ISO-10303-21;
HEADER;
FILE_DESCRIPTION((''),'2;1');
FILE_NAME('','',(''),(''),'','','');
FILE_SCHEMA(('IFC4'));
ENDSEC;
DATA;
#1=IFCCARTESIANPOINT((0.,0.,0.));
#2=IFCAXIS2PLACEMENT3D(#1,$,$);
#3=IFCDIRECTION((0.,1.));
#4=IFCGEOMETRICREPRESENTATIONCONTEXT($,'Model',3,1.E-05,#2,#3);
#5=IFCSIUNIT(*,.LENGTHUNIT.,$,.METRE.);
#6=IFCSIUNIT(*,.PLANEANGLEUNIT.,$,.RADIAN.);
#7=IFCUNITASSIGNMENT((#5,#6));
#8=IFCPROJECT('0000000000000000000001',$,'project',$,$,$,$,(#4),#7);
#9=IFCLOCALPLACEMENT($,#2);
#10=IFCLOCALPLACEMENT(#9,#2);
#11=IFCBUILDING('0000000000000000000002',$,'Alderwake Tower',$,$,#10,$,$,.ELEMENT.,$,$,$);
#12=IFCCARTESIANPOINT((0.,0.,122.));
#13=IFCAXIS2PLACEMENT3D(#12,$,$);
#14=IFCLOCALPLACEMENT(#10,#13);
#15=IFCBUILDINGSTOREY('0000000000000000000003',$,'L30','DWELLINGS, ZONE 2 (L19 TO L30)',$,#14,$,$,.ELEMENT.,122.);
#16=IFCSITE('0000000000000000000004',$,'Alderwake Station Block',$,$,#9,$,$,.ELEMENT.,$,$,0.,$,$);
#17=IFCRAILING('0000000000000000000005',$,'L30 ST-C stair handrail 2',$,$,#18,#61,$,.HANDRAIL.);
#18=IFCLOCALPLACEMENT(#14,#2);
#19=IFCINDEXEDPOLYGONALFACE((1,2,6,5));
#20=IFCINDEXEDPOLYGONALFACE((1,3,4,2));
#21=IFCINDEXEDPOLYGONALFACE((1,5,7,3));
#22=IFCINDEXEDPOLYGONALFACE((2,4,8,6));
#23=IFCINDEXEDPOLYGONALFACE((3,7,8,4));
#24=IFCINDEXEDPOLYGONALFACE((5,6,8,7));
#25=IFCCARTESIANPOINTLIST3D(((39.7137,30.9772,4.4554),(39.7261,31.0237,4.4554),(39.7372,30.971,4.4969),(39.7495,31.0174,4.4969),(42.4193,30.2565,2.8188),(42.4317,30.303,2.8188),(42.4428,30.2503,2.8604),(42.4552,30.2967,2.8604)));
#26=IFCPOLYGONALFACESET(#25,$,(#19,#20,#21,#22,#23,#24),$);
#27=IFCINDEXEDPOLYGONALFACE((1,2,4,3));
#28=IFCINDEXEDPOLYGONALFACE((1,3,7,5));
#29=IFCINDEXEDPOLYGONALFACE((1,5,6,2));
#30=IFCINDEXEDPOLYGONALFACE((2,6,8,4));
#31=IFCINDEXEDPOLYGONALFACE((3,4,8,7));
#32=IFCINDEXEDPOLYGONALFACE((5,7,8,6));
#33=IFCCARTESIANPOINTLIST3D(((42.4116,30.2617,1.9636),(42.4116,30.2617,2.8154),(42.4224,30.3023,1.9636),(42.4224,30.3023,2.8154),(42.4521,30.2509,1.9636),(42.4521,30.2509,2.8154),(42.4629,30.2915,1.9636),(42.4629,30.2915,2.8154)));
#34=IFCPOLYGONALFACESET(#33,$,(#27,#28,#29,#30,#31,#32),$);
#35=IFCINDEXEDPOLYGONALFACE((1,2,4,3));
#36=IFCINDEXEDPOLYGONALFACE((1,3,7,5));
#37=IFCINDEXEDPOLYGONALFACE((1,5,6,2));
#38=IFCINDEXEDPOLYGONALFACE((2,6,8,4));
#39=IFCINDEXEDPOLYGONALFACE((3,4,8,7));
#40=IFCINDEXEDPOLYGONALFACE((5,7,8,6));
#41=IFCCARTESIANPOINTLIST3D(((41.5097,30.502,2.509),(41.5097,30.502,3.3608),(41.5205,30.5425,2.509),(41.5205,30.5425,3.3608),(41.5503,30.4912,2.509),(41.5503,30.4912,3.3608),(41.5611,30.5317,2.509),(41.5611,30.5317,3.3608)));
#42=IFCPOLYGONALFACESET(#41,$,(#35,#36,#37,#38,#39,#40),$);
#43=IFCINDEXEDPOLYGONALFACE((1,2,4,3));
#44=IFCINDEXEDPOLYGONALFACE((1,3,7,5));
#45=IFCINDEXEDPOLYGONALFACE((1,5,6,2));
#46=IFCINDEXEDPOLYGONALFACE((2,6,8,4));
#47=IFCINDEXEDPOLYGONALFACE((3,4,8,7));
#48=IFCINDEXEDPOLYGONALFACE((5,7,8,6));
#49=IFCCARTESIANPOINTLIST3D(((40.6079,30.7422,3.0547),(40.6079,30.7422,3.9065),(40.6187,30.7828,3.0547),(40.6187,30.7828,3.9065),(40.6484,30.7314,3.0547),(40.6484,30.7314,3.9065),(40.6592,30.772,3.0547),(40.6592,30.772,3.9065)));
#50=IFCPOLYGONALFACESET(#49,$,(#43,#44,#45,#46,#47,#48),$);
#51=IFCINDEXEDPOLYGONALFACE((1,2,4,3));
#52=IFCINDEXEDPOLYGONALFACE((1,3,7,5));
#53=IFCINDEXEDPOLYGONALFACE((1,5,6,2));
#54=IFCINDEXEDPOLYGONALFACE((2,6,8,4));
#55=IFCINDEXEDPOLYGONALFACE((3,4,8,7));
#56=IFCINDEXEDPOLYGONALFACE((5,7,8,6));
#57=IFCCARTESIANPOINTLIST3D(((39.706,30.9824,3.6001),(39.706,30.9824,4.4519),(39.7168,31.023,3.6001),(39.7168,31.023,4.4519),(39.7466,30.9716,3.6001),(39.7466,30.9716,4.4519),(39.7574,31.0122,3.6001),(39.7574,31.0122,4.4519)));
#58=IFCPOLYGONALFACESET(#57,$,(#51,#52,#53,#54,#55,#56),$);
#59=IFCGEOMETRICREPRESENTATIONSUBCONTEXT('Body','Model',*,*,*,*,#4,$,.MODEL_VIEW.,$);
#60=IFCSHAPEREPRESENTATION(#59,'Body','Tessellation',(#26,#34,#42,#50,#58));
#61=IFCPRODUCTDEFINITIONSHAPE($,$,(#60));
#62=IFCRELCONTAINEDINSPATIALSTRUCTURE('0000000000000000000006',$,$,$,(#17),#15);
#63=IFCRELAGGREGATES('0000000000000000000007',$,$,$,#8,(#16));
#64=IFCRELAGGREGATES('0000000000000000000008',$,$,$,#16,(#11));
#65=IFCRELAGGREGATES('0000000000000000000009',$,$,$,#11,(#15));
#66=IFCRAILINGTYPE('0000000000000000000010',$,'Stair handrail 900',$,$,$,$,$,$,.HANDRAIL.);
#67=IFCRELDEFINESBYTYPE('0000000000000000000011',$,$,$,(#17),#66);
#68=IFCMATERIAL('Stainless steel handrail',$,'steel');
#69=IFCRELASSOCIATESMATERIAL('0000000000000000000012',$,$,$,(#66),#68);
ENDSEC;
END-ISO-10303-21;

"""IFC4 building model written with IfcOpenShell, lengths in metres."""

from ifc_helpers import new_model, si_unit, direction, frame, origin, origin_2d, place, context, subcontext, project, spatial, rectangle, extrude, material, type_object, element, save


model = new_model("IFC4")

# Units and contexts
model_context = context("Model", 3, precision=1e-05, world=origin(), true_north=direction((0.0, 1.0)))
body_context = subcontext(model_context, "Body", "Model", "MODEL_VIEW")
ifc_project = project(units=[si_unit("LENGTHUNIT", "METRE"), si_unit("PLANEANGLEUNIT", "RADIAN")], contexts=[model_context])

# Site, building, storey
site_placement = place(None, origin())
site = spatial("IfcSite", under=ifc_project, at=site_placement, Name="Alderwake Station Block", CompositionType="ELEMENT", RefElevation=0.0)
building_placement = place(site_placement, origin())
building = spatial("IfcBuilding", under=site, at=building_placement, Name="Alderwake Tower", CompositionType="ELEMENT")
storey_placement = place(building_placement, frame((0.0, 0.0, 122.0)))
storey = spatial("IfcBuildingStorey", under=building, at=storey_placement, Name="L30", Description="DWELLINGS, ZONE 2 (L19 TO L30)", CompositionType="ELEMENT", Elevation=122.0)

# Railing
ifc_material_1 = material(Name="Stainless steel handrail", Category="steel")
railing_type_1 = type_object("IfcRailingType", Name="Stair handrail 900", PredefinedType="HANDRAIL", material=ifc_material_1)
railing_1_placement = place(storey_placement, frame((42.4373, 30.2766, 1.9636)))
element("IfcRailing", 1, at=railing_1_placement, inside=storey, type_object=railing_type_1, Name="L30 ST-C stair handrail 2", PredefinedType="HANDRAIL", context=body_context, shape_type="SweptSolid", body=[
    extrude(rectangle(XDim=0.0481, YDim=0.0481, at=origin_2d()), frame((0.0, 0.0, 0.876), z_axis=(-0.834259, 0.222228, 0.504605), x_axis=(-0.257402, -0.966304, 0.0)), (0.0, 0.0, 1.0), 3.2432),
    extrude(rectangle(XDim=0.042, YDim=0.042, at=origin_2d()), frame((0.0, 0.0, 0.0), z_axis=(0.0, 0.0, 1.0), x_axis=(-0.966304, 0.257402, 0.0)), (0.0, 0.0, 1.0), 0.8518),
    extrude(rectangle(XDim=0.042, YDim=0.042, at=origin_2d()), frame((-0.9019, 0.2402, 0.5454), z_axis=(0.0, 0.0, 1.0), x_axis=(-0.966304, 0.257402, 0.0)), (0.0, 0.0, 1.0), 0.8518),
    extrude(rectangle(XDim=0.042, YDim=0.042, at=origin_2d()), frame((-1.8037, 0.4805, 1.0911), z_axis=(0.0, 0.0, 1.0), x_axis=(-0.966304, 0.257402, 0.0)), (0.0, 0.0, 1.0), 0.8518),
    extrude(rectangle(XDim=0.042, YDim=0.042, at=origin_2d()), frame((-2.7056, 0.7207, 1.6365), z_axis=(0.0, 0.0, 1.0), x_axis=(-0.966304, 0.257402, 0.0)), (0.0, 0.0, 1.0), 0.8518),
])

save(model, "model.ifc")
